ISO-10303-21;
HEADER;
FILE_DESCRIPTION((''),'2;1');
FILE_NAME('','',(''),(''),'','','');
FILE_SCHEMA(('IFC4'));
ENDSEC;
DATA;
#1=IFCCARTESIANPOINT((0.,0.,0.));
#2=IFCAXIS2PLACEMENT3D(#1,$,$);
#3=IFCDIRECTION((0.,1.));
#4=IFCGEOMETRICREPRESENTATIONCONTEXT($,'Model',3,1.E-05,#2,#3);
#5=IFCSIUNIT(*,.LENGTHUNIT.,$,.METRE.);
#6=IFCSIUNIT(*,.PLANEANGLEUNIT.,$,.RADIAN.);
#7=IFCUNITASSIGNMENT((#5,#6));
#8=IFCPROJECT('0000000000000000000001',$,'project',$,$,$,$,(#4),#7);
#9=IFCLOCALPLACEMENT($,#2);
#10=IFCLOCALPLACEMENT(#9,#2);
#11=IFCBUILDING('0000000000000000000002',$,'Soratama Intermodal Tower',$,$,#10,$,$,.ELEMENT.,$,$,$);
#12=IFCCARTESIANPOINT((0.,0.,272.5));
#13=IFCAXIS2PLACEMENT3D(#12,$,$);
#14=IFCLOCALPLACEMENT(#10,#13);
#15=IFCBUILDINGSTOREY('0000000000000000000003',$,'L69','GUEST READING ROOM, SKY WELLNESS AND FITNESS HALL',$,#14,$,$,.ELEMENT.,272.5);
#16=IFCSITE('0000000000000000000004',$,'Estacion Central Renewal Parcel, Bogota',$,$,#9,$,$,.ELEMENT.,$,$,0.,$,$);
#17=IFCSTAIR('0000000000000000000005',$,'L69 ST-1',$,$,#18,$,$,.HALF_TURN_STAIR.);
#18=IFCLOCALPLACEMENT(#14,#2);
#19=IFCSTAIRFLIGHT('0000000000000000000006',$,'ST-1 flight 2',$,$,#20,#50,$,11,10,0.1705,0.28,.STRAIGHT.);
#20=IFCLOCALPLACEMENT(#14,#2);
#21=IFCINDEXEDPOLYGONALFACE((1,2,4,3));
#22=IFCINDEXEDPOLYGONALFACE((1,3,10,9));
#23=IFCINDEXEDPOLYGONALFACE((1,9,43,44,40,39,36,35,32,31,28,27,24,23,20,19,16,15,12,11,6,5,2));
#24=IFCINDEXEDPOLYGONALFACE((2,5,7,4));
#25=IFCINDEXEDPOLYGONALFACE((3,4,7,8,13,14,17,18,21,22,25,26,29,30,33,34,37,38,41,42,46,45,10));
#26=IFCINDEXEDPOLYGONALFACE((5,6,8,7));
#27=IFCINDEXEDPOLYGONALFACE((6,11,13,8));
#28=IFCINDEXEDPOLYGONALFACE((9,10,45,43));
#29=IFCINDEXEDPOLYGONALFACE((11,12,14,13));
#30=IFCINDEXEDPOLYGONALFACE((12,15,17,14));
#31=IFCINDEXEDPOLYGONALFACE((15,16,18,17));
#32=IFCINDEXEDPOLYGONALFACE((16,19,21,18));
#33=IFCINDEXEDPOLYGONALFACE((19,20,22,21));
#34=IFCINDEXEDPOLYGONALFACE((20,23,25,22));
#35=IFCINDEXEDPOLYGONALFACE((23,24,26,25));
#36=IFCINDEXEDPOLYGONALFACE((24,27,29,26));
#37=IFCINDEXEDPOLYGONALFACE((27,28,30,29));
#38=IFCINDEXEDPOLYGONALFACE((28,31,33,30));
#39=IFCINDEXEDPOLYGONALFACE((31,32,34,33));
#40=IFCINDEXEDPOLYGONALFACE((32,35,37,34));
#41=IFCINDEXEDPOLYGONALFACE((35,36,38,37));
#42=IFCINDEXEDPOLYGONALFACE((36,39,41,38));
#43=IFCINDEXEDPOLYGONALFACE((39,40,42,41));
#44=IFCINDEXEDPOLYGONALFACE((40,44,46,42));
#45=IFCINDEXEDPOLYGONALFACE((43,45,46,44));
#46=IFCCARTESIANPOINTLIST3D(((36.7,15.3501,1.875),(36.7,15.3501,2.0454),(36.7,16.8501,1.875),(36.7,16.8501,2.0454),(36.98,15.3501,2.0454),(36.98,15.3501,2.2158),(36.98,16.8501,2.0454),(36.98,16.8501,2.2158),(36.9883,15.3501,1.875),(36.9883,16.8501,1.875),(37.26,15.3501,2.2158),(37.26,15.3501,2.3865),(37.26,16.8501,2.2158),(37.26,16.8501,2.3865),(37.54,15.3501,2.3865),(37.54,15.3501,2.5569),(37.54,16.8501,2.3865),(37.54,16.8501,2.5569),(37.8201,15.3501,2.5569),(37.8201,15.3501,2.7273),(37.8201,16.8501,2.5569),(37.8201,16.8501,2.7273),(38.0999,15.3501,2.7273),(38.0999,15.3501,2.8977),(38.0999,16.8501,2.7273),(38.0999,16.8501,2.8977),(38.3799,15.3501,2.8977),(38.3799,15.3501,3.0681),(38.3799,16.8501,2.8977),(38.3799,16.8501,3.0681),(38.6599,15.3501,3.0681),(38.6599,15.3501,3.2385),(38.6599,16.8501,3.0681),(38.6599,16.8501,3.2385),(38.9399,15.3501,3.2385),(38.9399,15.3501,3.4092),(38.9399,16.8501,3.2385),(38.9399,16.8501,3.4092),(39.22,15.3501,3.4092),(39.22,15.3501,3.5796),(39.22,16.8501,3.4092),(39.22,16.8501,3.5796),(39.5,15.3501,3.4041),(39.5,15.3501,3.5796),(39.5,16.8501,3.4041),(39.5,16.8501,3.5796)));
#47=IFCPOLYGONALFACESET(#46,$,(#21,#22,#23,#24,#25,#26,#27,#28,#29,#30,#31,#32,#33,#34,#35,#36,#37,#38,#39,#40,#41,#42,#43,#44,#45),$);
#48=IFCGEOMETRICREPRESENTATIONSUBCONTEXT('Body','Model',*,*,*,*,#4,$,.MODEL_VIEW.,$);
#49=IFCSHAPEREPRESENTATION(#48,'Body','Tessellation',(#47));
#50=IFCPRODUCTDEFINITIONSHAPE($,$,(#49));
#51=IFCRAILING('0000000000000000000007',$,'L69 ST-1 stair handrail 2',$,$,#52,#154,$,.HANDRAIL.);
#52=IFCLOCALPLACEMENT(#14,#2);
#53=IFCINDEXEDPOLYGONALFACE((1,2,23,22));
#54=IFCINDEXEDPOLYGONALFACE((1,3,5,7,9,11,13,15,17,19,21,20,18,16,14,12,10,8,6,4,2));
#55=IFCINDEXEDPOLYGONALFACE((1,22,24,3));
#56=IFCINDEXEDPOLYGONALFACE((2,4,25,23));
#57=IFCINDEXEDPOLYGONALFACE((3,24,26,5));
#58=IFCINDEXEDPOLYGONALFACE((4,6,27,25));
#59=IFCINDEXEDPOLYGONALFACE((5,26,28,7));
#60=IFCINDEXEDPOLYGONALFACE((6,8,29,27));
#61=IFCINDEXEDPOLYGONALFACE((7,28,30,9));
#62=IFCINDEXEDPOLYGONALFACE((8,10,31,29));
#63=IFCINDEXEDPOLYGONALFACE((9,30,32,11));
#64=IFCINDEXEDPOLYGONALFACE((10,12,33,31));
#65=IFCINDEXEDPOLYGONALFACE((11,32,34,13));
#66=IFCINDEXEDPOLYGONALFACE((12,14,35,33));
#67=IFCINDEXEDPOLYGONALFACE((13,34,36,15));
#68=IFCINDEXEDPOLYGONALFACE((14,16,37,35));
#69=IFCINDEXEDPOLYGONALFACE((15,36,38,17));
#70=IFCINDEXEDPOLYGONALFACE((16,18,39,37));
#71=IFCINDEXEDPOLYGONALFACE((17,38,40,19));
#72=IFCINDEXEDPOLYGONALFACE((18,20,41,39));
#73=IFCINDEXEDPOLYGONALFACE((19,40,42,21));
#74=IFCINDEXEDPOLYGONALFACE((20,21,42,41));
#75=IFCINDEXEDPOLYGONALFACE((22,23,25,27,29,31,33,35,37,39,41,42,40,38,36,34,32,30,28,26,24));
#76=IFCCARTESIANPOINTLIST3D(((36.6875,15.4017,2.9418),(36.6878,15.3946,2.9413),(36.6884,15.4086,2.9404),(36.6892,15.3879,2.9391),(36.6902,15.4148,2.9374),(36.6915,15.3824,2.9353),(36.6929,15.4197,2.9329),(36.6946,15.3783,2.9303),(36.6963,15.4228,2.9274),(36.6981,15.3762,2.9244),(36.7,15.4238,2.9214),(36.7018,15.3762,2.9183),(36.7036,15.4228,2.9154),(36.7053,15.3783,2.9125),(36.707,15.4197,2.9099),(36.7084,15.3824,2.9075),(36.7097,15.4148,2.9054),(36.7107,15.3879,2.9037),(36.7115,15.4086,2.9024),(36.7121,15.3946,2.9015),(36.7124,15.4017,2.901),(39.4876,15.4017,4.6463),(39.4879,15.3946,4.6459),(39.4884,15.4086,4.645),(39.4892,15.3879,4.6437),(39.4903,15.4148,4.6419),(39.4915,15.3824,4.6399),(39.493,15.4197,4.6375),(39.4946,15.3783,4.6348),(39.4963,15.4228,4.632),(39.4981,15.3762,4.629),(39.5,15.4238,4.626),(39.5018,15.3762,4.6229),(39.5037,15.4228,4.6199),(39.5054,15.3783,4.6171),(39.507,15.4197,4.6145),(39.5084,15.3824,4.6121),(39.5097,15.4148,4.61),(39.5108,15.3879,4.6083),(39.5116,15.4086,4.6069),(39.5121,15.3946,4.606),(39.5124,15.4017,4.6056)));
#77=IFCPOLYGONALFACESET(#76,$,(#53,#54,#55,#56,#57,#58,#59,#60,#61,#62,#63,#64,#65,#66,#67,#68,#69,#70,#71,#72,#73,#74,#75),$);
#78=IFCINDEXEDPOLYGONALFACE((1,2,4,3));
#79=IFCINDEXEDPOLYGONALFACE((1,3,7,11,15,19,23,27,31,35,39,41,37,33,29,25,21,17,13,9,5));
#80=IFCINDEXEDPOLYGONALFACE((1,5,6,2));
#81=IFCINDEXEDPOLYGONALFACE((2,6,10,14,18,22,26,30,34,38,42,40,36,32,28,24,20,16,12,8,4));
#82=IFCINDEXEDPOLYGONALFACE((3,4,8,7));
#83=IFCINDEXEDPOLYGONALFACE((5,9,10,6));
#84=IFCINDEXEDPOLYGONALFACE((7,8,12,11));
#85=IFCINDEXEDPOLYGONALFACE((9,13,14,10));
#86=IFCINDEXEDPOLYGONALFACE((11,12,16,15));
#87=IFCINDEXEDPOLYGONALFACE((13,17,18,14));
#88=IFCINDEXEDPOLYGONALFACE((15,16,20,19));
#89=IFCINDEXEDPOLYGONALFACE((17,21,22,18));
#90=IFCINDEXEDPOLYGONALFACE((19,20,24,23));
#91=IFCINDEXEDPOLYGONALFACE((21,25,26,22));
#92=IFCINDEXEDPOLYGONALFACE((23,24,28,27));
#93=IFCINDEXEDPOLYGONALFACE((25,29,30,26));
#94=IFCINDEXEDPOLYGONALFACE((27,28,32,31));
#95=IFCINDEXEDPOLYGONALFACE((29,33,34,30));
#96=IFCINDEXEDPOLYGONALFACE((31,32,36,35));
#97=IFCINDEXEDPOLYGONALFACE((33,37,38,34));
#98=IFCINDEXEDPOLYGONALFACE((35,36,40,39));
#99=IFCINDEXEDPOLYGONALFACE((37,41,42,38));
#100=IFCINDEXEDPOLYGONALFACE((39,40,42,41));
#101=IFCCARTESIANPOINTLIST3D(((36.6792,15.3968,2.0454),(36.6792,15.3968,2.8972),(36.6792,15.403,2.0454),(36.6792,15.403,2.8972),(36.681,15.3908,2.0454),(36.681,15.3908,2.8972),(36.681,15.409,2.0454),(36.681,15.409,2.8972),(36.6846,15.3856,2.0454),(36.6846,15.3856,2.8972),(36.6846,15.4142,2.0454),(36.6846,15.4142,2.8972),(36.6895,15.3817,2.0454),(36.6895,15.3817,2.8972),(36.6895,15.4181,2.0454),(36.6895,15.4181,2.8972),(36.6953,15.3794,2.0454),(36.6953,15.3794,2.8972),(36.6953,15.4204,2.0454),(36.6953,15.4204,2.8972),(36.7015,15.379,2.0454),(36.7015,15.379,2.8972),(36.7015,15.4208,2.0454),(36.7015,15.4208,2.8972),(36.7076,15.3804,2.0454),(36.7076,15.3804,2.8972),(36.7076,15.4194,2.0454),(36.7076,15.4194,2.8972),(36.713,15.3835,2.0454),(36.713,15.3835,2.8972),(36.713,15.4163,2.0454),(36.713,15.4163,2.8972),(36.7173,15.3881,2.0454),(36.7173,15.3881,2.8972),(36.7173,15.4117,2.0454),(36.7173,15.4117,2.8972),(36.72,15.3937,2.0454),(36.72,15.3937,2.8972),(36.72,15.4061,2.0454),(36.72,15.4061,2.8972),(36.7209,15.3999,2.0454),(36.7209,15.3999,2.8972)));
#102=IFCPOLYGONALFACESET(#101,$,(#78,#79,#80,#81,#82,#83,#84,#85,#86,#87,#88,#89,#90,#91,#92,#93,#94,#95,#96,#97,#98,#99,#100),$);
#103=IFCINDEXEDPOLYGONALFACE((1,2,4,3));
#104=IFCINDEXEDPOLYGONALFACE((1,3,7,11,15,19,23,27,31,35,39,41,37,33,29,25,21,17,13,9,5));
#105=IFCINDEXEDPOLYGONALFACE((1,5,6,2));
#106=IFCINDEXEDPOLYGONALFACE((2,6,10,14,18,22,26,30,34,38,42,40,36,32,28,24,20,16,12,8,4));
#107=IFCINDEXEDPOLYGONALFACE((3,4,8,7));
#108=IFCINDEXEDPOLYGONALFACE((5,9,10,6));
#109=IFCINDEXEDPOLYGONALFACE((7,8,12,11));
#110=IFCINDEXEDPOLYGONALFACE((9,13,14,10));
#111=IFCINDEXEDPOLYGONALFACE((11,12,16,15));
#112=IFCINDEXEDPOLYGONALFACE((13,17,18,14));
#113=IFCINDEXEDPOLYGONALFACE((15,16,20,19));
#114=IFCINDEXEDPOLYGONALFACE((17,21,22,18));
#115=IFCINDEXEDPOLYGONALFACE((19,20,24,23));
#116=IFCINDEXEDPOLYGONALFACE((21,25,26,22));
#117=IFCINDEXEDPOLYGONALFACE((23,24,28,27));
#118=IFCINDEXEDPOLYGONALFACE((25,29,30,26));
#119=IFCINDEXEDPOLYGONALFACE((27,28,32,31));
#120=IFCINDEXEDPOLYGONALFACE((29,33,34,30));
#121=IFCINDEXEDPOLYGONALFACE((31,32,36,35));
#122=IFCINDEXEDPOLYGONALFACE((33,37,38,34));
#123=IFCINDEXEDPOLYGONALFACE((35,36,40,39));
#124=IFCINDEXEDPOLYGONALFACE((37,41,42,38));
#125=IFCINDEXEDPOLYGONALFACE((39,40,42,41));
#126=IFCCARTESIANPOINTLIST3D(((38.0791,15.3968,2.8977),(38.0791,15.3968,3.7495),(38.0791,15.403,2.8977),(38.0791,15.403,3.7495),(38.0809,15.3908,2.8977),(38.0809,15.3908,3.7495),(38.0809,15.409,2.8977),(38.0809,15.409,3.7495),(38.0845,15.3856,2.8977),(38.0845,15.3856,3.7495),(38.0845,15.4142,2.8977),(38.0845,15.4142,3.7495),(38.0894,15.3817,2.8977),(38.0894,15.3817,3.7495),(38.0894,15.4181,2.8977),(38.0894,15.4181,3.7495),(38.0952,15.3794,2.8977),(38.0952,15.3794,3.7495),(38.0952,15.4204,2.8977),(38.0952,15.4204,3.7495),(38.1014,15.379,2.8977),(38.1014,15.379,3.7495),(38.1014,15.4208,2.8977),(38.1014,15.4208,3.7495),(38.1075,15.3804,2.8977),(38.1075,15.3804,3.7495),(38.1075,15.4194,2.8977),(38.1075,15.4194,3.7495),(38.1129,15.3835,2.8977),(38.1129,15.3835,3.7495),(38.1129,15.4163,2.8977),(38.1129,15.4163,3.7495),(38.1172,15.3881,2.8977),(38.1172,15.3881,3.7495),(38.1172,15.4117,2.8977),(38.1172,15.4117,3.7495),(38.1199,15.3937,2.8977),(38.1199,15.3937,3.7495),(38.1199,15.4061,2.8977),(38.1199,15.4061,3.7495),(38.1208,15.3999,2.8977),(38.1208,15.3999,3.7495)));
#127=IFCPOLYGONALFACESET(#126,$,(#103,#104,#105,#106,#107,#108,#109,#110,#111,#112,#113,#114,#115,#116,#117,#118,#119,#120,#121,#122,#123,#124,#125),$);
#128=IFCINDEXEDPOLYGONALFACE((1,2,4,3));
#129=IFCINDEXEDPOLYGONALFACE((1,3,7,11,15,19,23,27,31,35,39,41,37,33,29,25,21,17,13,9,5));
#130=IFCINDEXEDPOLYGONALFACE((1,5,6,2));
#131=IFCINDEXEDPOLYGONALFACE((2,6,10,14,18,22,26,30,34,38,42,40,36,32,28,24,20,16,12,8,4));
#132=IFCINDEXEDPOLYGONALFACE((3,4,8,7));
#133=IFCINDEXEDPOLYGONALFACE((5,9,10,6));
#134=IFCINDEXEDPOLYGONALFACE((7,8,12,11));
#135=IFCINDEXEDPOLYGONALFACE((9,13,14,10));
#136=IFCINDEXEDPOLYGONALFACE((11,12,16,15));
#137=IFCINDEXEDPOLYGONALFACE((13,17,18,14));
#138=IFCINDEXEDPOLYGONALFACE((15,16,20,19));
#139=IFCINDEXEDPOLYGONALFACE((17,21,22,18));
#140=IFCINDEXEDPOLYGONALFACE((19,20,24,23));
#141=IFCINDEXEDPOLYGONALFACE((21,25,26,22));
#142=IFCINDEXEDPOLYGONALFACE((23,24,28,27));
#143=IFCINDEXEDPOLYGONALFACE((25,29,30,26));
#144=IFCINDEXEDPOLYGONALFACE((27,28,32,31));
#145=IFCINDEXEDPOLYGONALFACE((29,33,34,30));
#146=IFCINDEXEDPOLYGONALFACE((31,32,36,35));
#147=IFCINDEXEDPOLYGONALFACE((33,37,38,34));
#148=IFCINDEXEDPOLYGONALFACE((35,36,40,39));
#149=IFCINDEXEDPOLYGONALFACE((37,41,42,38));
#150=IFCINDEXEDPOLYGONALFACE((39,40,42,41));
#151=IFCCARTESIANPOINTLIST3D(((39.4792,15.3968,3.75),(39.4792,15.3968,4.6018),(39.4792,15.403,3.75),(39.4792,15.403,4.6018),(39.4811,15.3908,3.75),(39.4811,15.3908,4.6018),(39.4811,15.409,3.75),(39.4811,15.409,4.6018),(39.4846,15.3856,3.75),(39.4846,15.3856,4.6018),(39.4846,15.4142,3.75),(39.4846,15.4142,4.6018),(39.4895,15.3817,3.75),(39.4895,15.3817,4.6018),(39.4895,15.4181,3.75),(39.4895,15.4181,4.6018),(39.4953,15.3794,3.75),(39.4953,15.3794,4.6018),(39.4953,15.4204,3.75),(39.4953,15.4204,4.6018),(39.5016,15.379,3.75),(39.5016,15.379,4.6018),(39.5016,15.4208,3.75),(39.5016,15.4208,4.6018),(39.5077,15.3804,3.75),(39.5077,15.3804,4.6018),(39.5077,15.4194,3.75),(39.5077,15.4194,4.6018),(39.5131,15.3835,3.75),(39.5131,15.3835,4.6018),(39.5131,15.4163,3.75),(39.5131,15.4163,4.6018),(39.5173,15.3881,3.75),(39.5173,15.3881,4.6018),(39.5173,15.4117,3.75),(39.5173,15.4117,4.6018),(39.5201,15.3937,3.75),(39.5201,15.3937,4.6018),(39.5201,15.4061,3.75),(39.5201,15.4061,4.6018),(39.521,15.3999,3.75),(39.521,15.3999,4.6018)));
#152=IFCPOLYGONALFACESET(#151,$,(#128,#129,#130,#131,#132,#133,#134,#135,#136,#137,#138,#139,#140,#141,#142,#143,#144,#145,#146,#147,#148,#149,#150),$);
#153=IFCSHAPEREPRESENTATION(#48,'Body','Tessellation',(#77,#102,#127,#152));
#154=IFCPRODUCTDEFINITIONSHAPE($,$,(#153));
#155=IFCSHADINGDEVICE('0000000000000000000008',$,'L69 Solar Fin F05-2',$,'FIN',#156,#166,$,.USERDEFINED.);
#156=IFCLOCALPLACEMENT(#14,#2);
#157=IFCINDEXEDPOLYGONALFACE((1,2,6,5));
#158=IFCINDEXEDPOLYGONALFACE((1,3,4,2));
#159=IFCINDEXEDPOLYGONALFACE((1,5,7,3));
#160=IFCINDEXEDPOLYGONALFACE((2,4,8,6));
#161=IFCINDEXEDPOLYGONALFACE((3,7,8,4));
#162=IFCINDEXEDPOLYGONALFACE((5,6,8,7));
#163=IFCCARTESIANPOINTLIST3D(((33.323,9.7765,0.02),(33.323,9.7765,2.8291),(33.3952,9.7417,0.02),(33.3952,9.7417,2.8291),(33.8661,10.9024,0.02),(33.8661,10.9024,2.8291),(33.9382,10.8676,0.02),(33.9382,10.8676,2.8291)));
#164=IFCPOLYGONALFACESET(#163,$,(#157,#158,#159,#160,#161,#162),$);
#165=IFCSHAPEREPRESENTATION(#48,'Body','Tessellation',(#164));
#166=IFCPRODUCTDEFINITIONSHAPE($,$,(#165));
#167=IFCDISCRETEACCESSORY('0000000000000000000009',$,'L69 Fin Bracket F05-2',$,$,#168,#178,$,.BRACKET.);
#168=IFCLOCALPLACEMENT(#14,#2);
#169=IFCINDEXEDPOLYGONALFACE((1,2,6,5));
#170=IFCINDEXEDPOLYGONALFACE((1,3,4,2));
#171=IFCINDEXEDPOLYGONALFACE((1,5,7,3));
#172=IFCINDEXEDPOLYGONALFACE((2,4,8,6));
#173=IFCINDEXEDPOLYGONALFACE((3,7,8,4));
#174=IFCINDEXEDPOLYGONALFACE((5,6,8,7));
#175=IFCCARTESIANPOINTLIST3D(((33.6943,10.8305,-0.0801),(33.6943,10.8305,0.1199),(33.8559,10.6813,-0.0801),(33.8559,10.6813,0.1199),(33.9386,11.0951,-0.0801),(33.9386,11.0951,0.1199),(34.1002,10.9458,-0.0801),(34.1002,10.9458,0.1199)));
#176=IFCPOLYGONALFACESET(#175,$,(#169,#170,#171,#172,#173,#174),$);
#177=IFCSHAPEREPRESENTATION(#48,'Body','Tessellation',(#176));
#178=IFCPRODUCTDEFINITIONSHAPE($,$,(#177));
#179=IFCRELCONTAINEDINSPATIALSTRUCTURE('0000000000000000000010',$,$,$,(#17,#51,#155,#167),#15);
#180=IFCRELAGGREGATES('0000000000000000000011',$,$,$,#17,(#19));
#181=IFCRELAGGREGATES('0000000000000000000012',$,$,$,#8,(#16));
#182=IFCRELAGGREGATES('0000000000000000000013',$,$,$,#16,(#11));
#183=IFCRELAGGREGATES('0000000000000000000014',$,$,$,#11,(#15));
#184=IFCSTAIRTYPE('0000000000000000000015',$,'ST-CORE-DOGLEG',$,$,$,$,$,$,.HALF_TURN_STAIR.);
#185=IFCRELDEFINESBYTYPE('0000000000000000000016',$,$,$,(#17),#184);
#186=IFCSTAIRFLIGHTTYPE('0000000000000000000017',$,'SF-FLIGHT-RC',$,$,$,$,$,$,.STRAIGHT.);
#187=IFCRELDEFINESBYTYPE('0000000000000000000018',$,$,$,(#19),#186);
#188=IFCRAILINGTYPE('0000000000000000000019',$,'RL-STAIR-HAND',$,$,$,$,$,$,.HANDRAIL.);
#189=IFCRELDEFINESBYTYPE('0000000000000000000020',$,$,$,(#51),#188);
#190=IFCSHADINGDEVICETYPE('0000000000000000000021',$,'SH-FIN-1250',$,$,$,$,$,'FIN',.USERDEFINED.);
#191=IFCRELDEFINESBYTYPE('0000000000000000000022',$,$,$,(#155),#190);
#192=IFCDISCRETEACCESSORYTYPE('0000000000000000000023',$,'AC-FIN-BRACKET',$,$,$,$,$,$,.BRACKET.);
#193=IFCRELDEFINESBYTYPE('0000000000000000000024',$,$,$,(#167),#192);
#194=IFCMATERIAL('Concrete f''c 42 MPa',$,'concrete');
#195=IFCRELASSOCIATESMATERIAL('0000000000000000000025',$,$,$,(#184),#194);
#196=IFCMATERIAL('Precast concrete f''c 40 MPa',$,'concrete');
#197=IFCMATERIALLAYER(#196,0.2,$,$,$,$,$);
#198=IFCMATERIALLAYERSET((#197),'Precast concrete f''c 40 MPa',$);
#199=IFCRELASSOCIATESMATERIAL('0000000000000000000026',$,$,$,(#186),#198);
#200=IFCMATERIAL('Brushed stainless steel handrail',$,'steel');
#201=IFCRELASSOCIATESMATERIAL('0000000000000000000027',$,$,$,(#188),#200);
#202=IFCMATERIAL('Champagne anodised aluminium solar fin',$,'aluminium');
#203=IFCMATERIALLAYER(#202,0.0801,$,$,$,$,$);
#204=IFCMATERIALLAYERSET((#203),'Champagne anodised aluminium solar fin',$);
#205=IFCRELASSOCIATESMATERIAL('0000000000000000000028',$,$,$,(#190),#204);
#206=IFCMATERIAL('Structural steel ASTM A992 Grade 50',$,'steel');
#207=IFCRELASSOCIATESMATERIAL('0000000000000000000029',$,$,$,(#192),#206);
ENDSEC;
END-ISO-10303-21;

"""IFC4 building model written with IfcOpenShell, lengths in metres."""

from ifc_helpers import new_model, si_unit, direction, frame, origin, origin_2d, place, context, subcontext, project, spatial, polyline, rectangle, circle, outline, extrude, material, layer, layer_set, type_object, element, aggregate, save


model = new_model("IFC4")

# Units and contexts
model_context = context("Model", 3, precision=1e-05, world=origin(), true_north=direction((0.0, 1.0)))
body_context = subcontext(model_context, "Body", "Model", "MODEL_VIEW")
ifc_project = project(units=[si_unit("LENGTHUNIT", "METRE"), si_unit("PLANEANGLEUNIT", "RADIAN")], contexts=[model_context])

# Site, building, storey
site_placement = place(None, origin())
site = spatial("IfcSite", under=ifc_project, at=site_placement, Name="Estacion Central Renewal Parcel, Bogota", CompositionType="ELEMENT", RefElevation=0.0)
building_placement = place(site_placement, origin())
building = spatial("IfcBuilding", under=site, at=building_placement, Name="Soratama Intermodal Tower", CompositionType="ELEMENT")
storey_placement = place(building_placement, frame((0.0, 0.0, 272.5)))
storey = spatial("IfcBuildingStorey", under=building, at=storey_placement, Name="L69", Description="GUEST READING ROOM, SKY WELLNESS AND FITNESS HALL", CompositionType="ELEMENT", Elevation=272.5)

# Stair, stair flight
ifc_material_1 = material(Name="Concrete f'c 42 MPa", Category="concrete")
stair_type = type_object("IfcStairType", Name="ST-CORE-DOGLEG", PredefinedType="HALF_TURN_STAIR", material=ifc_material_1)
stair_placement = place(storey_placement, origin())
stair = element("IfcStair", 1, at=stair_placement, inside=storey, type_object=stair_type, Name="L69 ST-1", PredefinedType="HALF_TURN_STAIR")
ifc_material_2 = material(Name="Precast concrete f'c 40 MPa", Category="concrete")
ifc_layer_1 = layer(ifc_material_2, 0.2)
ifc_layer_set_1 = layer_set([ifc_layer_1], Name="Precast concrete f'c 40 MPa")
stair_flight_type = type_object("IfcStairFlightType", Name="SF-FLIGHT-RC", PredefinedType="STRAIGHT", material=ifc_layer_set_1)
stair_flight_placement = place(storey_placement, frame((36.7, 16.1001, 1.875), z_axis=(0.0, 0.0, 1.0), x_axis=(1.0, 0.0, 0.0)))
stair_flight = element("IfcStairFlight", 2, at=stair_flight_placement, type_object=stair_flight_type, Name="ST-1 flight 2", NumberOfRisers=11, NumberOfTreads=10, PredefinedType="STRAIGHT", RiserHeight=0.1705, TreadLength=0.28, context=body_context, shape_type="SweptSolid", body=[
    extrude(outline(polyline([(0.0, 0.0), (0.0, 0.1704), (0.28, 0.1704), (0.28, 0.3408), (0.5601, 0.3408), (0.5601, 0.5115), (0.8401, 0.5115), (0.8401, 0.6819), (1.1201, 0.6819), (1.1201, 0.8523), (1.3999, 0.8523), (1.3999, 1.0227), (1.6799, 1.0227), (1.6799, 1.1931), (1.96, 1.1931), (1.96, 1.3635), (2.24, 1.3635), (2.24, 1.5342), (2.52, 1.5342), (2.52, 1.7046), (2.8, 1.7046), (2.8, 1.875), (2.8, 1.5291), (0.2883, 0.0), (0.0, 0.0)])), frame((0.0, 0.75, 0.0), z_axis=(0.0, -1.0, 0.0), x_axis=(1.0, 0.0, 0.0)), (0.0, 0.0, 1.0), 1.5),
])
aggregate(stair, [stair_flight])

# Railing
ifc_material_3 = material(Name="Brushed stainless steel handrail", Category="steel")
railing_type = type_object("IfcRailingType", Name="RL-STAIR-HAND", PredefinedType="HANDRAIL", material=ifc_material_3)
railing_placement = place(storey_placement, frame((36.7, 15.3999, 2.0454)))
element("IfcRailing", 3, at=railing_placement, inside=storey, type_object=railing_type, Name="L69 ST-1 stair handrail 2", PredefinedType="HANDRAIL", context=body_context, shape_type="SweptSolid", body=[
    extrude(circle(Radius=0.0239, at=origin_2d()), frame((0.0, 0.0, 0.876), z_axis=(0.85417, 0.0, 0.519994), x_axis=(0.0, 1.0, 0.0)), (0.0, 0.0, 1.0), 3.2781),
    extrude(circle(Radius=0.021, at=origin_2d()), origin(), (0.0, 0.0, 1.0), 0.8518),
    extrude(circle(Radius=0.021, at=origin_2d()), frame((1.3999, 0.0, 0.8523)), (0.0, 0.0, 1.0), 0.8518),
    extrude(circle(Radius=0.021, at=origin_2d()), frame((2.8, 0.0, 1.7046)), (0.0, 0.0, 1.0), 0.8518),
])

# Shading device
ifc_material_4 = material(Name="Champagne anodised aluminium solar fin", Category="aluminium")
ifc_layer_2 = layer(ifc_material_4, 0.0801)
ifc_layer_set_2 = layer_set([ifc_layer_2], Name="Champagne anodised aluminium solar fin")
shading_device_type = type_object("IfcShadingDeviceType", Name="SH-FIN-1250", ElementType="FIN", PredefinedType="USERDEFINED", material=ifc_layer_set_2)
shading_device_placement = place(storey_placement, frame((33.6306, 10.322, 0.02), z_axis=(0.0, 0.0, 1.0), x_axis=(-0.434445, -0.900698, 0.0)))
element("IfcShadingDevice", 4, at=shading_device_placement, inside=storey, type_object=shading_device_type, Name="L69 Solar Fin F05-2", ObjectType="FIN", PredefinedType="USERDEFINED", context=body_context, shape_type="SweptSolid", body=[
    extrude(rectangle(XDim=1.25, YDim=0.0801, at=origin_2d()), origin(), (0.0, 0.0, 1.0), 2.8091),
])

# Discrete accessory
ifc_material_5 = material(Name="Structural steel ASTM A992 Grade 50", Category="steel")
discrete_accessory_type = type_object("IfcDiscreteAccessoryType", Name="AC-FIN-BRACKET", PredefinedType="BRACKET", material=ifc_material_5)
discrete_accessory_placement = place(storey_placement, frame((33.8972, 10.8882, -0.0801), z_axis=(0.0, 0.0, 1.0), x_axis=(-0.678416, -0.734678, 0.0)))
element("IfcDiscreteAccessory", 5, at=discrete_accessory_placement, inside=storey, type_object=discrete_accessory_type, Name="L69 Fin Bracket F05-2", PredefinedType="BRACKET", context=body_context, shape_type="SweptSolid", body=[
    extrude(rectangle(XDim=0.3601, YDim=0.22, at=origin_2d()), origin(), (0.0, 0.0, 1.0), 0.2),
])

save(model, "model.ifc")
